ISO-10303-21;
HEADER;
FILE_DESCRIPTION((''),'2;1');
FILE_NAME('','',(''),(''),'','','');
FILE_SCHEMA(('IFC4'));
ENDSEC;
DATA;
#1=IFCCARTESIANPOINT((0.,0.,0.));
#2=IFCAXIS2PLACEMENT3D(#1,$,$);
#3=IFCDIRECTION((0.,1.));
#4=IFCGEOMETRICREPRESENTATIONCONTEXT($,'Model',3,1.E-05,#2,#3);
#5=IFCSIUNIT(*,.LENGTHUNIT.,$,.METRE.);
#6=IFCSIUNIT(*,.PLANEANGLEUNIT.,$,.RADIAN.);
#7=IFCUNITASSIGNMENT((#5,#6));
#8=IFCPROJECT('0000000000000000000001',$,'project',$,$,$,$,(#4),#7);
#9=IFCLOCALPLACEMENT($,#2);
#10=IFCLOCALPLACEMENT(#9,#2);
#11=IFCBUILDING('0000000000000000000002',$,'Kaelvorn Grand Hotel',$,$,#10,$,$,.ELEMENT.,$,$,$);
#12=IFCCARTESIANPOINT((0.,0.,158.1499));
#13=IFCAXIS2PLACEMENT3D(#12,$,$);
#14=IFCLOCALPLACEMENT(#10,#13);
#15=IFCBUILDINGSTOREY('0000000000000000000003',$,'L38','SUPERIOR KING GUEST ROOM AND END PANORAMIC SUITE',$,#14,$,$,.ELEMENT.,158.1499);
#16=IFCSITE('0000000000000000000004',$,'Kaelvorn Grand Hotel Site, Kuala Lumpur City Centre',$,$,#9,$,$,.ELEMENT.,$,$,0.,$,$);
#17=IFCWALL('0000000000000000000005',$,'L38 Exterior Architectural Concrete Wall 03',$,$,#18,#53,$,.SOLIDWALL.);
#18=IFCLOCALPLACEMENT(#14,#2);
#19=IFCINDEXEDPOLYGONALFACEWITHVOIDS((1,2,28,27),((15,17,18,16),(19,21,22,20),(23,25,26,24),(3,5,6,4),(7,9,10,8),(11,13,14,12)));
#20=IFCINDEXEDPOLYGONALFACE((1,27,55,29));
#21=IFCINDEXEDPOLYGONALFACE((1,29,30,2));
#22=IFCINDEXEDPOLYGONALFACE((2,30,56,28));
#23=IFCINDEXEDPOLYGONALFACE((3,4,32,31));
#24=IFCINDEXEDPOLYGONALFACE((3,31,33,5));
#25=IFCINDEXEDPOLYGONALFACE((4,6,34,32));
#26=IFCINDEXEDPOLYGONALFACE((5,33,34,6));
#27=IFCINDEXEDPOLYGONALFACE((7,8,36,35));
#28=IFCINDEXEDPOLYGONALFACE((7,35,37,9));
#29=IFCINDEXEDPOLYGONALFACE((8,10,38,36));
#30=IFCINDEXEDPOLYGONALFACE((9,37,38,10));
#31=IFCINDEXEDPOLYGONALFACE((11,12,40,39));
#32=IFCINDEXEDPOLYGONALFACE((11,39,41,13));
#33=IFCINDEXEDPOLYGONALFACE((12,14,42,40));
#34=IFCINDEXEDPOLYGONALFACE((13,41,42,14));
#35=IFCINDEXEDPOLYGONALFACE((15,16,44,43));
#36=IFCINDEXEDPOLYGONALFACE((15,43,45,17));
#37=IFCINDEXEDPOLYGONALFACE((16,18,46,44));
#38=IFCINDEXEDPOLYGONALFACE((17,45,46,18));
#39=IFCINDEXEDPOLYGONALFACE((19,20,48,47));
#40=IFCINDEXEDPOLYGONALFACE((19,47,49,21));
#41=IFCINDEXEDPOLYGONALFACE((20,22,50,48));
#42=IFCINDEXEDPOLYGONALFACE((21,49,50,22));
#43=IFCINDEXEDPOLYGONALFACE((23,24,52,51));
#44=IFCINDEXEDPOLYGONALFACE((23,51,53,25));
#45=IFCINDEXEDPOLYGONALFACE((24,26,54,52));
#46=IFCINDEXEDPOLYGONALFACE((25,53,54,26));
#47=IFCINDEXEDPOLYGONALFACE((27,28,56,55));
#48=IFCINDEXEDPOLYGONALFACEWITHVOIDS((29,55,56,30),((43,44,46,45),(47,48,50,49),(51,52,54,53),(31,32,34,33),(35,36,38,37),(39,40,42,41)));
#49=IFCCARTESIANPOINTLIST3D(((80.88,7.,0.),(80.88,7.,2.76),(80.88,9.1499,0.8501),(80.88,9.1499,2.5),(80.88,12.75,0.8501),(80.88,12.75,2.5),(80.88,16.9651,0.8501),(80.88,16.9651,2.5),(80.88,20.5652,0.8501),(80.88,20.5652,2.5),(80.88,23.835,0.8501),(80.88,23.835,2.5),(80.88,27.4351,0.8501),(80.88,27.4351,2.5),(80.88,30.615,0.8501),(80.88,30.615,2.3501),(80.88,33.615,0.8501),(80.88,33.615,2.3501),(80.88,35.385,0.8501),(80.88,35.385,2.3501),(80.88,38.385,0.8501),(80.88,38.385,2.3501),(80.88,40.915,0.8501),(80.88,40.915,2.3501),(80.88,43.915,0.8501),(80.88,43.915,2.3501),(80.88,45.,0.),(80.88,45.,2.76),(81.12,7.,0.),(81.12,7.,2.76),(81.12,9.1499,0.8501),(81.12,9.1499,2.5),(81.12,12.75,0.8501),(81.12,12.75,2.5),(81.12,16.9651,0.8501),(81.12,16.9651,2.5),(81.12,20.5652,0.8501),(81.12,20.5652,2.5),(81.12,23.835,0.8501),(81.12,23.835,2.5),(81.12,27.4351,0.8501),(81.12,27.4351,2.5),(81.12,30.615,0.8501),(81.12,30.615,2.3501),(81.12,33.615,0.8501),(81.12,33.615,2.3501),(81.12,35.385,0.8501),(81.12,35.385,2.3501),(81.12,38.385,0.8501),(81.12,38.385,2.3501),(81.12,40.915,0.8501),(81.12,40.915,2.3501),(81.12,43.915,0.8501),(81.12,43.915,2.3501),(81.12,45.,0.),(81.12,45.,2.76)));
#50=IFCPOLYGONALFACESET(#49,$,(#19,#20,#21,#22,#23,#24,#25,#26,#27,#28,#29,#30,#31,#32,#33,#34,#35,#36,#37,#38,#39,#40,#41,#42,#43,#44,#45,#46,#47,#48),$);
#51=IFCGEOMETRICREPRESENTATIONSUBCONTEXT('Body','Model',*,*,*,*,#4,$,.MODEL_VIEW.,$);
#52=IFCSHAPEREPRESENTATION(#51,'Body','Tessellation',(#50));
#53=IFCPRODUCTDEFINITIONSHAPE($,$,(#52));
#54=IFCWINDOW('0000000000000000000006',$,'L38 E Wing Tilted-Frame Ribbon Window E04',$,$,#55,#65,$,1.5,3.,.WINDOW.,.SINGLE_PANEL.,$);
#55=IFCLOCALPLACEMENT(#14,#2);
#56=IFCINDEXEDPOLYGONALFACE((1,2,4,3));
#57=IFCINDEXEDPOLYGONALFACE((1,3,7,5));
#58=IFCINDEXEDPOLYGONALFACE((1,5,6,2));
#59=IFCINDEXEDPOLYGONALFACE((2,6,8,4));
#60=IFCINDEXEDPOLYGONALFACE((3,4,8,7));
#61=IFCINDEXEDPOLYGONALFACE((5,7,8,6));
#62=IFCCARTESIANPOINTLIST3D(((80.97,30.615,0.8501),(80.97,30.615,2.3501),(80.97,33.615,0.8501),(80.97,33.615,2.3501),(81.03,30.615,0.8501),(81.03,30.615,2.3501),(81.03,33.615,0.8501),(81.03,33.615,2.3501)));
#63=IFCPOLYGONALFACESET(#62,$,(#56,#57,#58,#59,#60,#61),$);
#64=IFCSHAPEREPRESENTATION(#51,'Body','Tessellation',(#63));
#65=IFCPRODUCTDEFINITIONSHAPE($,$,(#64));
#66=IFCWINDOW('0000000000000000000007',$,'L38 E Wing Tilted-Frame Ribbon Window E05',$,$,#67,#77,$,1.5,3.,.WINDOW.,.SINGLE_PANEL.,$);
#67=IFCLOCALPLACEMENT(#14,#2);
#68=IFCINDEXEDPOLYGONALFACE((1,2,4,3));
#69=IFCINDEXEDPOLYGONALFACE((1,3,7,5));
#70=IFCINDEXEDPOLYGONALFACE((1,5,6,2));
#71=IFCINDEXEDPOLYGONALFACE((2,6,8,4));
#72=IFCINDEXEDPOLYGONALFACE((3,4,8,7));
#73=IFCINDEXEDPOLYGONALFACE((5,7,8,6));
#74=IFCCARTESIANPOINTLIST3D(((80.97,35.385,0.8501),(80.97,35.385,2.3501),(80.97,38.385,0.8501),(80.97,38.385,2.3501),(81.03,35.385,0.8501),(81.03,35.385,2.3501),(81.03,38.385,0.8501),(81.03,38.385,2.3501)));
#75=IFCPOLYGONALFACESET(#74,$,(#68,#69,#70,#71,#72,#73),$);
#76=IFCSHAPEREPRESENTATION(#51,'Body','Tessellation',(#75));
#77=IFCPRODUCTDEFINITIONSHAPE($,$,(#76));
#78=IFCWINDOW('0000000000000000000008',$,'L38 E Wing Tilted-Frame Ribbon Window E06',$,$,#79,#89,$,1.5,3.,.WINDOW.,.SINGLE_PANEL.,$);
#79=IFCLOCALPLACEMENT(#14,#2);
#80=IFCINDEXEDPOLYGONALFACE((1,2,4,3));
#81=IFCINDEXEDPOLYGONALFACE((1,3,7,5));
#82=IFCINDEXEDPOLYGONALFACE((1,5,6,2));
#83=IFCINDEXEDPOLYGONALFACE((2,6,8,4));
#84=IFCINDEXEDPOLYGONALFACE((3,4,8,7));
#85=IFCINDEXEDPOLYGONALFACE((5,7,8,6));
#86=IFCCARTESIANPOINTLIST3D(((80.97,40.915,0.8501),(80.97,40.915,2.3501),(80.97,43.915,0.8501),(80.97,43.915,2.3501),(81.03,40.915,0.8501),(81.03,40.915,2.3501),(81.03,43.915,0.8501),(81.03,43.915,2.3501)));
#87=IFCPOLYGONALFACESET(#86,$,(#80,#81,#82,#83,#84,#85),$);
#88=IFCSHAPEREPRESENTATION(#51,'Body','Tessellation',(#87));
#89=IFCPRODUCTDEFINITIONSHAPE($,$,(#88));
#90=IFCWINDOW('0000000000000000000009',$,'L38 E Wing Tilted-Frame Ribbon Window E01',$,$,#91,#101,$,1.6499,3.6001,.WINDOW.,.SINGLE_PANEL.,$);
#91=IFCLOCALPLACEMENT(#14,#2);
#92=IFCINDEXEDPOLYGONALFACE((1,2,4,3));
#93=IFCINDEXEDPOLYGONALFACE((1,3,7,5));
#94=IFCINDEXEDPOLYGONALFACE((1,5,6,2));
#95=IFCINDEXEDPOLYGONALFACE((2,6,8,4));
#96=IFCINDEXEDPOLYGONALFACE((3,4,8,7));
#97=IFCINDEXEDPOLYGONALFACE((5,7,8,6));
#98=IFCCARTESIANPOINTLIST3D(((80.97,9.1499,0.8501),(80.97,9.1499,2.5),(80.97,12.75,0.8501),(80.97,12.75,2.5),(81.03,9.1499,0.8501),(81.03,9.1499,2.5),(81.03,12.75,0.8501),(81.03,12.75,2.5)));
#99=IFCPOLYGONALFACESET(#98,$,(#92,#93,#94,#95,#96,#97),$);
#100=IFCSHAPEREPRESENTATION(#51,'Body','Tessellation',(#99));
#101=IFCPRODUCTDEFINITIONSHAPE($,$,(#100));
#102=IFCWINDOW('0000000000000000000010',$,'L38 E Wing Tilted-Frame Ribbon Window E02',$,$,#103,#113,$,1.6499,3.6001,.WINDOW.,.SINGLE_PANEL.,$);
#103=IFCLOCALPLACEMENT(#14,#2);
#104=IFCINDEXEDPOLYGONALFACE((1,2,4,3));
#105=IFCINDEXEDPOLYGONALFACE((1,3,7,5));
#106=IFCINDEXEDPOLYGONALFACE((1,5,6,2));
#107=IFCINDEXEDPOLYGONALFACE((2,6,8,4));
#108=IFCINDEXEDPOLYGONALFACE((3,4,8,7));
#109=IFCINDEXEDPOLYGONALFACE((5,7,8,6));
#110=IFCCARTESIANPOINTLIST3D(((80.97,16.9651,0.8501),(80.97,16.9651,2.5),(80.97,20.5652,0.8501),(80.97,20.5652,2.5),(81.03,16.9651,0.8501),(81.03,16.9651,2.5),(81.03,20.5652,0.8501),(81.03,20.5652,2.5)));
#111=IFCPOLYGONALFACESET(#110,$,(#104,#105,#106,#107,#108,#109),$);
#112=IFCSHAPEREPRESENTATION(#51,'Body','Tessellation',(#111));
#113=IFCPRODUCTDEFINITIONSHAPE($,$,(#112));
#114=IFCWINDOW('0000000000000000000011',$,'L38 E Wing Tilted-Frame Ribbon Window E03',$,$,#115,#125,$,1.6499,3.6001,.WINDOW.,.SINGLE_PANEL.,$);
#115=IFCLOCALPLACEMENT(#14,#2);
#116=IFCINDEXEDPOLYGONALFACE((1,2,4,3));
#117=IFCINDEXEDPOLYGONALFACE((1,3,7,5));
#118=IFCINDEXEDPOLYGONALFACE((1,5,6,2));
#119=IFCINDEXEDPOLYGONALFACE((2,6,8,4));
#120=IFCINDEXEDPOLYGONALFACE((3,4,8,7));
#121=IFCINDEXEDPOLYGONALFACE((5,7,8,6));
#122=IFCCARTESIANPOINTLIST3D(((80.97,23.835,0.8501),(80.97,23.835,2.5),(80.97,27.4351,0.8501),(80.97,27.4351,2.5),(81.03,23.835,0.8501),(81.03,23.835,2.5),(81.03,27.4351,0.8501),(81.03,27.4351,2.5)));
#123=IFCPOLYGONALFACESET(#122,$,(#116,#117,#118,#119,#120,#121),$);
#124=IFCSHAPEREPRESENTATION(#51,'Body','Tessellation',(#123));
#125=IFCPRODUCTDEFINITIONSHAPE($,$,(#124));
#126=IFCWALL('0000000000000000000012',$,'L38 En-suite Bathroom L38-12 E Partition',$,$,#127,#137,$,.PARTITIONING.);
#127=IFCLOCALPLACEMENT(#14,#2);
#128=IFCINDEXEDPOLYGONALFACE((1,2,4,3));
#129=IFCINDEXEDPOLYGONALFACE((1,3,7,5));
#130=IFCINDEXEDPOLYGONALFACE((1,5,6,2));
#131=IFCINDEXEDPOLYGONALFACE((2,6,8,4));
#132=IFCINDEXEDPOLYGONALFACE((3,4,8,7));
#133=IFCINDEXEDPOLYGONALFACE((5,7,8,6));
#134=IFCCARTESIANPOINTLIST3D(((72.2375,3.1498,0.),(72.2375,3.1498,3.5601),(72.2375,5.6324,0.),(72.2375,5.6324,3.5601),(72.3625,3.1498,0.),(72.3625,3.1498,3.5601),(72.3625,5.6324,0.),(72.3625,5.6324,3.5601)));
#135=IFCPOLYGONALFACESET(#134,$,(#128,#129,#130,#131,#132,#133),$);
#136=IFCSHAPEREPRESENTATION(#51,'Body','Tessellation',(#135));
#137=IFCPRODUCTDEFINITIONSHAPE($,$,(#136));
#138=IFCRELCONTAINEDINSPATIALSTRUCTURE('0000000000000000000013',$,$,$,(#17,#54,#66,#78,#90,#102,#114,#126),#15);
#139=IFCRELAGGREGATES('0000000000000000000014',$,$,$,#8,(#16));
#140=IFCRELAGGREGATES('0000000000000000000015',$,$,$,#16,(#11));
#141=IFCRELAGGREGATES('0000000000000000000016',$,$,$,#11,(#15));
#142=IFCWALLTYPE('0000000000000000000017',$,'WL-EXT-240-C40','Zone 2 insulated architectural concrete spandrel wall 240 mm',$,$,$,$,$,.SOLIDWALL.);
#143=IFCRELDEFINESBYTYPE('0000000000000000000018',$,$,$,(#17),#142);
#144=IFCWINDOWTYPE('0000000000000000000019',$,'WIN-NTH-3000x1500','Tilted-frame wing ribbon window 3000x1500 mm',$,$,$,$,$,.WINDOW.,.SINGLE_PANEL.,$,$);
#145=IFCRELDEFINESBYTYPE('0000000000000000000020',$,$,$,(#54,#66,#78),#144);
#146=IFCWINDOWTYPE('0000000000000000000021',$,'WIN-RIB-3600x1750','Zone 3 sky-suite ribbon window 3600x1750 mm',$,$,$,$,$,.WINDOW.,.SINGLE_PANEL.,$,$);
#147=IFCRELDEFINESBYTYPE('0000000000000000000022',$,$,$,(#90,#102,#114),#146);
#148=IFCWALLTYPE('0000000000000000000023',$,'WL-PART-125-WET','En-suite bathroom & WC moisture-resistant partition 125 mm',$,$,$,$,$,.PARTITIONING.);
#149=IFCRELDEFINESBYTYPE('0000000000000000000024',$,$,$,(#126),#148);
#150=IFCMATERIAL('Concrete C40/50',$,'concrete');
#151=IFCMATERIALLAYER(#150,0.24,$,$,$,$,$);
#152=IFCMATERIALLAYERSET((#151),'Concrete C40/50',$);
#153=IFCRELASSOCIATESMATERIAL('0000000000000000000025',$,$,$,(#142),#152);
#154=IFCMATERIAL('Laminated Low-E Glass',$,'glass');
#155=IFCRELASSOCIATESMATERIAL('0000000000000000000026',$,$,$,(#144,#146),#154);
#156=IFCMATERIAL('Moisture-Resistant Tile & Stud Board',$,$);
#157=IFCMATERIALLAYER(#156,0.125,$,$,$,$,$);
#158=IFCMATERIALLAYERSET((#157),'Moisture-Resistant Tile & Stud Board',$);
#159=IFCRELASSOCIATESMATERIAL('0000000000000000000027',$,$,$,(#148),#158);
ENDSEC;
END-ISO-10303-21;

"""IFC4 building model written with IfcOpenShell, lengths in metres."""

from ifc_helpers import new_model, si_unit, direction, frame, frame_2d, origin, place, context, subcontext, project, spatial, rectangle, extrude, material, layer, layer_set, type_object, element, fill, save


model = new_model("IFC4")

# Units and contexts
model_context = context("Model", 3, precision=1e-05, world=origin(), true_north=direction((0.0, 1.0)))
body_context = subcontext(model_context, "Body", "Model", "MODEL_VIEW")
ifc_project = project(units=[si_unit("LENGTHUNIT", "METRE"), si_unit("PLANEANGLEUNIT", "RADIAN")], contexts=[model_context])

# Site, building, storey
site_placement = place(None, origin())
site = spatial("IfcSite", under=ifc_project, at=site_placement, Name="Kaelvorn Grand Hotel Site, Kuala Lumpur City Centre", CompositionType="ELEMENT", RefElevation=0.0)
building_placement = place(site_placement, origin())
building = spatial("IfcBuilding", under=site, at=building_placement, Name="Kaelvorn Grand Hotel", CompositionType="ELEMENT")
storey_placement = place(building_placement, frame((0.0, 0.0, 158.1499)))
storey = spatial("IfcBuildingStorey", under=building, at=storey_placement, Name="L38", Description="SUPERIOR KING GUEST ROOM AND END PANORAMIC SUITE", CompositionType="ELEMENT", Elevation=158.1499)

# Shared definitions
ifc_material_1 = material(Name="Concrete C40/50", Category="concrete")
ifc_layer_1 = layer(ifc_material_1, 0.24)
ifc_layer_set_1 = layer_set([ifc_layer_1], Name="Concrete C40/50")
wall_type_1 = type_object("IfcWallType", Name="WL-EXT-240-C40", Description="Zone 2 insulated architectural concrete spandrel wall 240 mm", PredefinedType="SOLIDWALL", material=ifc_layer_set_1)
ifc_material_2 = material(Name="Laminated Low-E Glass", Category="glass")

# Wall, openings, windows
wall_1_placement = place(storey_placement, frame((81.0, 7.0, 0.0), z_axis=(0.0, 0.0, 1.0), x_axis=(0.0, 1.0, 0.0)))
wall_1 = element("IfcWall", 1, at=wall_1_placement, inside=storey, type_object=wall_type_1, Name="L38 Exterior Architectural Concrete Wall 03", PredefinedType="SOLIDWALL", context=body_context, shape_type="SweptSolid", body=[
    extrude(rectangle(XDim=38.0, YDim=0.24, at=frame_2d((19.0, 0.0))), origin(), (0.0, 0.0, 1.0), 2.76),
])
opening_1_placement = place(wall_1_placement, frame((2.1499, 0.0, 0.8501)))
opening_1 = element("IfcOpeningElement", 2, at=opening_1_placement, cuts=wall_1, PredefinedType="OPENING", context=body_context, shape_type="SweptSolid", body=[
    extrude(rectangle(XDim=3.6001, YDim=1.6499, at=frame_2d((1.8, 0.825))), frame((0.0, 0.1299, 0.0), z_axis=(0.0, -1.0, 0.0), x_axis=(1.0, 0.0, 0.0)), (0.0, 0.0, 1.0), 0.26),
])
opening_2_placement = place(wall_1_placement, frame((9.9651, 0.0, 0.8501)))
opening_2 = element("IfcOpeningElement", 3, at=opening_2_placement, cuts=wall_1, PredefinedType="OPENING", context=body_context, shape_type="SweptSolid", body=[
    extrude(rectangle(XDim=3.6001, YDim=1.6499, at=frame_2d((1.8, 0.825))), frame((0.0, 0.1299, 0.0), z_axis=(0.0, -1.0, 0.0), x_axis=(1.0, 0.0, 0.0)), (0.0, 0.0, 1.0), 0.26),
])
opening_3_placement = place(wall_1_placement, frame((16.835, 0.0, 0.8501)))
opening_3 = element("IfcOpeningElement", 4, at=opening_3_placement, cuts=wall_1, PredefinedType="OPENING", context=body_context, shape_type="SweptSolid", body=[
    extrude(rectangle(XDim=3.6001, YDim=1.6499, at=frame_2d((1.8, 0.825))), frame((0.0, 0.1299, 0.0), z_axis=(0.0, -1.0, 0.0), x_axis=(1.0, 0.0, 0.0)), (0.0, 0.0, 1.0), 0.26),
])
opening_4_placement = place(wall_1_placement, frame((23.615, 0.0, 0.8501)))
opening_4 = element("IfcOpeningElement", 5, at=opening_4_placement, cuts=wall_1, PredefinedType="OPENING", context=body_context, shape_type="SweptSolid", body=[
    extrude(rectangle(XDim=3.0, YDim=1.5, at=frame_2d((1.5, 0.75))), frame((0.0, 0.1299, 0.0), z_axis=(0.0, -1.0, 0.0), x_axis=(1.0, 0.0, 0.0)), (0.0, 0.0, 1.0), 0.26),
])
opening_5_placement = place(wall_1_placement, frame((28.385, 0.0, 0.8501)))
opening_5 = element("IfcOpeningElement", 6, at=opening_5_placement, cuts=wall_1, PredefinedType="OPENING", context=body_context, shape_type="SweptSolid", body=[
    extrude(rectangle(XDim=3.0, YDim=1.5, at=frame_2d((1.5, 0.75))), frame((0.0, 0.1299, 0.0), z_axis=(0.0, -1.0, 0.0), x_axis=(1.0, 0.0, 0.0)), (0.0, 0.0, 1.0), 0.26),
])
opening_6_placement = place(wall_1_placement, frame((33.915, 0.0, 0.8501)))
opening_6 = element("IfcOpeningElement", 7, at=opening_6_placement, cuts=wall_1, PredefinedType="OPENING", context=body_context, shape_type="SweptSolid", body=[
    extrude(rectangle(XDim=3.0, YDim=1.5, at=frame_2d((1.5, 0.75))), frame((0.0, 0.1299, 0.0), z_axis=(0.0, -1.0, 0.0), x_axis=(1.0, 0.0, 0.0)), (0.0, 0.0, 1.0), 0.26),
])
window_type_1 = type_object("IfcWindowType", Name="WIN-NTH-3000x1500", Description="Tilted-frame wing ribbon window 3000x1500 mm", PartitioningType="SINGLE_PANEL", PredefinedType="WINDOW", material=ifc_material_2)
window_1_placement = place(opening_4_placement, origin())
window_1 = element("IfcWindow", 8, at=window_1_placement, inside=storey, type_object=window_type_1, Name="L38 E Wing Tilted-Frame Ribbon Window E04", OverallHeight=1.5, OverallWidth=3.0, PartitioningType="SINGLE_PANEL", PredefinedType="WINDOW", context=body_context, shape_type="SweptSolid", body=[
    extrude(rectangle(XDim=3.0, YDim=1.5, at=frame_2d((1.5, 0.75))), frame((0.0, 0.03, 0.0), z_axis=(0.0, -1.0, 0.0), x_axis=(1.0, 0.0, 0.0)), (0.0, 0.0, 1.0), 0.0601),
])
fill(opening_4, window_1)
window_2_placement = place(opening_5_placement, origin())
window_2 = element("IfcWindow", 9, at=window_2_placement, inside=storey, type_object=window_type_1, Name="L38 E Wing Tilted-Frame Ribbon Window E05", OverallHeight=1.5, OverallWidth=3.0, PartitioningType="SINGLE_PANEL", PredefinedType="WINDOW", context=body_context, shape_type="SweptSolid", body=[
    extrude(rectangle(XDim=3.0, YDim=1.5, at=frame_2d((1.5, 0.75))), frame((0.0, 0.03, 0.0), z_axis=(0.0, -1.0, 0.0), x_axis=(1.0, 0.0, 0.0)), (0.0, 0.0, 1.0), 0.0601),
])
fill(opening_5, window_2)
window_3_placement = place(opening_6_placement, origin())
window_3 = element("IfcWindow", 10, at=window_3_placement, inside=storey, type_object=window_type_1, Name="L38 E Wing Tilted-Frame Ribbon Window E06", OverallHeight=1.5, OverallWidth=3.0, PartitioningType="SINGLE_PANEL", PredefinedType="WINDOW", context=body_context, shape_type="SweptSolid", body=[
    extrude(rectangle(XDim=3.0, YDim=1.5, at=frame_2d((1.5, 0.75))), frame((0.0, 0.03, 0.0), z_axis=(0.0, -1.0, 0.0), x_axis=(1.0, 0.0, 0.0)), (0.0, 0.0, 1.0), 0.0601),
])
fill(opening_6, window_3)
window_type_2 = type_object("IfcWindowType", Name="WIN-RIB-3600x1750", Description="Zone 3 sky-suite ribbon window 3600x1750 mm", PartitioningType="SINGLE_PANEL", PredefinedType="WINDOW", material=ifc_material_2)
window_4_placement = place(opening_1_placement, origin())
window_4 = element("IfcWindow", 11, at=window_4_placement, inside=storey, type_object=window_type_2, Name="L38 E Wing Tilted-Frame Ribbon Window E01", OverallHeight=1.6499, OverallWidth=3.6001, PartitioningType="SINGLE_PANEL", PredefinedType="WINDOW", context=body_context, shape_type="SweptSolid", body=[
    extrude(rectangle(XDim=3.6001, YDim=1.6499, at=frame_2d((1.8, 0.825))), frame((0.0, 0.03, 0.0), z_axis=(0.0, -1.0, 0.0), x_axis=(1.0, 0.0, 0.0)), (0.0, 0.0, 1.0), 0.0601),
])
fill(opening_1, window_4)
window_5_placement = place(opening_2_placement, origin())
window_5 = element("IfcWindow", 12, at=window_5_placement, inside=storey, type_object=window_type_2, Name="L38 E Wing Tilted-Frame Ribbon Window E02", OverallHeight=1.6499, OverallWidth=3.6001, PartitioningType="SINGLE_PANEL", PredefinedType="WINDOW", context=body_context, shape_type="SweptSolid", body=[
    extrude(rectangle(XDim=3.6001, YDim=1.6499, at=frame_2d((1.8, 0.825))), frame((0.0, 0.03, 0.0), z_axis=(0.0, -1.0, 0.0), x_axis=(1.0, 0.0, 0.0)), (0.0, 0.0, 1.0), 0.0601),
])
fill(opening_2, window_5)
window_6_placement = place(opening_3_placement, origin())
window_6 = element("IfcWindow", 13, at=window_6_placement, inside=storey, type_object=window_type_2, Name="L38 E Wing Tilted-Frame Ribbon Window E03", OverallHeight=1.6499, OverallWidth=3.6001, PartitioningType="SINGLE_PANEL", PredefinedType="WINDOW", context=body_context, shape_type="SweptSolid", body=[
    extrude(rectangle(XDim=3.6001, YDim=1.6499, at=frame_2d((1.8, 0.825))), frame((0.0, 0.03, 0.0), z_axis=(0.0, -1.0, 0.0), x_axis=(1.0, 0.0, 0.0)), (0.0, 0.0, 1.0), 0.0601),
])
fill(opening_3, window_6)

# Wall
ifc_material_3 = material(Name="Moisture-Resistant Tile & Stud Board")
ifc_layer_2 = layer(ifc_material_3, 0.125)
ifc_layer_set_2 = layer_set([ifc_layer_2], Name="Moisture-Resistant Tile & Stud Board")
wall_type_2 = type_object("IfcWallType", Name="WL-PART-125-WET", Description="En-suite bathroom & WC moisture-resistant partition 125 mm", PredefinedType="PARTITIONING", material=ifc_layer_set_2)
wall_2_placement = place(storey_placement, frame((72.3, 3.1499, 0.0), z_axis=(0.0, 0.0, 1.0), x_axis=(0.0, 1.0, 0.0)))
element("IfcWall", 14, at=wall_2_placement, inside=storey, type_object=wall_type_2, Name="L38 En-suite Bathroom L38-12 E Partition", PredefinedType="PARTITIONING", context=body_context, shape_type="SweptSolid", body=[
    extrude(rectangle(XDim=2.4827, YDim=0.125, at=frame_2d((1.2412, 0.0))), origin(), (0.0, 0.0, 1.0), 3.5601),
])

save(model, "model.ifc")
